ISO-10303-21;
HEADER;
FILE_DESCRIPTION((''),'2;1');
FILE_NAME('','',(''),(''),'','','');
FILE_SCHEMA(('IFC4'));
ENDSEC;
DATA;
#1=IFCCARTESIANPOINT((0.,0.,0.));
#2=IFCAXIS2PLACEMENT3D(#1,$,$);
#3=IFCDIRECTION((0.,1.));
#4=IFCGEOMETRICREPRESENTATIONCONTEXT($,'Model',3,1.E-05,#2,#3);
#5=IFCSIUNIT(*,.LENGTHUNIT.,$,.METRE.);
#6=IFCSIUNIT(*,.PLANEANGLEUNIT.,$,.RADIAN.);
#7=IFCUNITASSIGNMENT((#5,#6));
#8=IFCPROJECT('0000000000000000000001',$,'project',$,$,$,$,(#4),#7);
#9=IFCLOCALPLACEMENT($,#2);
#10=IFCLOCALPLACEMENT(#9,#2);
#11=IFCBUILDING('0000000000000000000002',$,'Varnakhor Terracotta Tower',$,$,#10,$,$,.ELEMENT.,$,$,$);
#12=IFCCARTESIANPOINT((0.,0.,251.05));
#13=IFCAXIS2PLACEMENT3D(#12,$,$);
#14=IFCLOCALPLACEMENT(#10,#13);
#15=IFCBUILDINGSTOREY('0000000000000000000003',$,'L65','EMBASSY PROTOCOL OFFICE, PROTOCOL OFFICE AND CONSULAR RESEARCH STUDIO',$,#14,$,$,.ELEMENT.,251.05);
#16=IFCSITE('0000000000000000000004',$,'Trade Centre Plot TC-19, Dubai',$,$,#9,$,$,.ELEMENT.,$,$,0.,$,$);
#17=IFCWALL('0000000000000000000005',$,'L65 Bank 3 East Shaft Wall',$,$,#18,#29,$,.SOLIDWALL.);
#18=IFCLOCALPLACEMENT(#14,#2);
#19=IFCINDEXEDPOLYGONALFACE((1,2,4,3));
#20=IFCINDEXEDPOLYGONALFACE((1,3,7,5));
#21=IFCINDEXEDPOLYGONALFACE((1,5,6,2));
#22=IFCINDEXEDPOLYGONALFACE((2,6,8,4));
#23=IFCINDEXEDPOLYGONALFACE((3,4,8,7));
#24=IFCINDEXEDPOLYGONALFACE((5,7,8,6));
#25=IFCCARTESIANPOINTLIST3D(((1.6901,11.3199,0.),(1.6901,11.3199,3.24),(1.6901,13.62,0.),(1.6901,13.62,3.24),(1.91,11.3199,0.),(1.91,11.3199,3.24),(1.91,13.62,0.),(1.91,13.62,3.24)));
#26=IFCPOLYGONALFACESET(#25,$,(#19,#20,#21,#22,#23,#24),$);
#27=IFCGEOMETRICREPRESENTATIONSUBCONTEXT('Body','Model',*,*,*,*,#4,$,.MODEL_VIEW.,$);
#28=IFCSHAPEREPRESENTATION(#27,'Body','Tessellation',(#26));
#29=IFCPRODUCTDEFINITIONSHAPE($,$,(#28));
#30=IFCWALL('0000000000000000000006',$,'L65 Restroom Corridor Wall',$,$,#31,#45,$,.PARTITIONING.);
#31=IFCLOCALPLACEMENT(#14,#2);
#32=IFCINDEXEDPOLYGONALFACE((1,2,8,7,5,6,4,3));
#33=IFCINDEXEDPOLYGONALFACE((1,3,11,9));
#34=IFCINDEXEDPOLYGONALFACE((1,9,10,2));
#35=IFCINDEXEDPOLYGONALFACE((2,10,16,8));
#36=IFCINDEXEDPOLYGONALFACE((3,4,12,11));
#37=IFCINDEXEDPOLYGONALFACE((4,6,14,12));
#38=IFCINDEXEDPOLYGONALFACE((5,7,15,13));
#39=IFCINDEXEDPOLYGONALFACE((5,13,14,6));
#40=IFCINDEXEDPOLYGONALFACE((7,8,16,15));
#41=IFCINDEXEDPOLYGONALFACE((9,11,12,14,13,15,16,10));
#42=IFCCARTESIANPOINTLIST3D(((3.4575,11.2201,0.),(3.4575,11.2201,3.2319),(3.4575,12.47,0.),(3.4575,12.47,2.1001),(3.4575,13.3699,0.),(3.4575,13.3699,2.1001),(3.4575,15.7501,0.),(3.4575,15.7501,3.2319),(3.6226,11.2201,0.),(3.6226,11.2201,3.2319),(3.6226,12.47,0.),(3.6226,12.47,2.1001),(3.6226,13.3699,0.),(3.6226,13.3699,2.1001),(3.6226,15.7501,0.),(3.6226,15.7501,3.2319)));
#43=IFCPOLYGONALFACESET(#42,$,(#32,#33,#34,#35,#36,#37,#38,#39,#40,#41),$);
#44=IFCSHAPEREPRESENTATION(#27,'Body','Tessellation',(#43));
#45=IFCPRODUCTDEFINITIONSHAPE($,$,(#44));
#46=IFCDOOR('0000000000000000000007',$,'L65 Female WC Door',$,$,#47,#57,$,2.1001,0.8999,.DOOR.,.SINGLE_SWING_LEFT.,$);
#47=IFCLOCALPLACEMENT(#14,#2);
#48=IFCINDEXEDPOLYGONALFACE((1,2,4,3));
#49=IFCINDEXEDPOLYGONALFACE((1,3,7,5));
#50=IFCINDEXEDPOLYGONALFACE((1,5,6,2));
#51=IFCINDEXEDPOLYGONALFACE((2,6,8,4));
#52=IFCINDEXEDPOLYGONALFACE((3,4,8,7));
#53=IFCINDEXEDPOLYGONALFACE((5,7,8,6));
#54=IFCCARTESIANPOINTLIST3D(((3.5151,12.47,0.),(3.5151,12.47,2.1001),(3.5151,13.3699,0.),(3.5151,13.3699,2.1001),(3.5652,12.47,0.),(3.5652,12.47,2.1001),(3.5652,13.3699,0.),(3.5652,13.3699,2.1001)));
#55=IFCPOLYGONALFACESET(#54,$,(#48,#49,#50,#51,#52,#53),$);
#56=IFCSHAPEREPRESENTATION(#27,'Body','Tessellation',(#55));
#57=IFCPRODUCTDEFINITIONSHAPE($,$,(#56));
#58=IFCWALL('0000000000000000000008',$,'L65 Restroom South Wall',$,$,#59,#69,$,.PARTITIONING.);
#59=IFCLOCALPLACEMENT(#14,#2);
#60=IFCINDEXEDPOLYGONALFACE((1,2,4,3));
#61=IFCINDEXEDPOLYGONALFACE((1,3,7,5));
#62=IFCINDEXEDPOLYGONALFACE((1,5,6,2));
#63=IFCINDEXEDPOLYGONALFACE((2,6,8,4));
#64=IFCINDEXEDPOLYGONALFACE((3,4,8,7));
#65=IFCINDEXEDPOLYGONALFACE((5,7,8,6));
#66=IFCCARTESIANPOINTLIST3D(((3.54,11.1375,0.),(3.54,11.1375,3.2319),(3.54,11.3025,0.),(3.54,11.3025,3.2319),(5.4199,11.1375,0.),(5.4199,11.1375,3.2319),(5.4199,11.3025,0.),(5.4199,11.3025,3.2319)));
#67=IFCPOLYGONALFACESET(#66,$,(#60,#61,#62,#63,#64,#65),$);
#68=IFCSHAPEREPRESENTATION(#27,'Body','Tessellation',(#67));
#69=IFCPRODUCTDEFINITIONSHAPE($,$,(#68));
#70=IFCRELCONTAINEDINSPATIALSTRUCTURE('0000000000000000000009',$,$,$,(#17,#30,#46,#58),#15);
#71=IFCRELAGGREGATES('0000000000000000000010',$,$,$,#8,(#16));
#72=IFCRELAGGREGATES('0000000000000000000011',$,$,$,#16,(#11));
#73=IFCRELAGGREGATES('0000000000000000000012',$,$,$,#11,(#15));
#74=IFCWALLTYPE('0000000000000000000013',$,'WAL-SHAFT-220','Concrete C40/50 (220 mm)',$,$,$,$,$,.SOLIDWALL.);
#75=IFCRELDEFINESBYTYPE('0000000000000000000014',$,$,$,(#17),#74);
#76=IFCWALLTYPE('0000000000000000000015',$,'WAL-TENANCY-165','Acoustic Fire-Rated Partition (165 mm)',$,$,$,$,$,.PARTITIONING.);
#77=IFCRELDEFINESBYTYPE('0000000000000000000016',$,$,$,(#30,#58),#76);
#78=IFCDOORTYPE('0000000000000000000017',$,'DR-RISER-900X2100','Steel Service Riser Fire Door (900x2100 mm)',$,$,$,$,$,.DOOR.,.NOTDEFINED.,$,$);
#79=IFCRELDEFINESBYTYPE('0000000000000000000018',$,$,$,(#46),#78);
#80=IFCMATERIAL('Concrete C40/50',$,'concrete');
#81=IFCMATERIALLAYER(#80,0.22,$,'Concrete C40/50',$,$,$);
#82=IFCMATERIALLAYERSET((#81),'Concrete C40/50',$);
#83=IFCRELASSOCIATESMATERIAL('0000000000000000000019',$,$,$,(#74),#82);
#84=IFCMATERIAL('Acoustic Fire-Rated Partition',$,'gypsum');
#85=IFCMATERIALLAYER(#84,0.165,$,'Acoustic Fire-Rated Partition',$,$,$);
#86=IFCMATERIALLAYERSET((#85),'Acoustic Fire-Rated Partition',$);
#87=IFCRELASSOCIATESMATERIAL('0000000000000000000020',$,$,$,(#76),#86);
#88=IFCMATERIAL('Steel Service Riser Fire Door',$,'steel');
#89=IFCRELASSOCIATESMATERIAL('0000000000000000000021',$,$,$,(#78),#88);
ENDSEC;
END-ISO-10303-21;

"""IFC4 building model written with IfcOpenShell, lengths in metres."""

from ifc_helpers import new_model, si_unit, direction, frame, frame_2d, origin, place, context, subcontext, project, spatial, rectangle, extrude, source, transform, mapped, material, layer, layer_set, type_object, type_shapes, element, fill, save


model = new_model("IFC4")

# Units and contexts
model_context = context("Model", 3, precision=1e-05, world=origin(), true_north=direction((0.0, 1.0)))
body_context = subcontext(model_context, "Body", "Model", "MODEL_VIEW")
ifc_project = project(units=[si_unit("LENGTHUNIT", "METRE"), si_unit("PLANEANGLEUNIT", "RADIAN")], contexts=[model_context])

# Site, building, storey
site_placement = place(None, origin())
site = spatial("IfcSite", under=ifc_project, at=site_placement, Name="Trade Centre Plot TC-19, Dubai", CompositionType="ELEMENT", RefElevation=0.0)
building_placement = place(site_placement, origin())
building = spatial("IfcBuilding", under=site, at=building_placement, Name="Varnakhor Terracotta Tower", CompositionType="ELEMENT")
storey_placement = place(building_placement, frame((0.0, 0.0, 251.05)))
storey = spatial("IfcBuildingStorey", under=building, at=storey_placement, Name="L65", Description="EMBASSY PROTOCOL OFFICE, PROTOCOL OFFICE AND CONSULAR RESEARCH STUDIO", CompositionType="ELEMENT", Elevation=251.05)

# Shared definitions
ifc_material_1 = material(Name="Concrete C40/50", Category="concrete")

# Wall
ifc_layer_1 = layer(ifc_material_1, 0.22, Name="Concrete C40/50")
ifc_layer_set_1 = layer_set([ifc_layer_1], Name="Concrete C40/50")
wall_type_1 = type_object("IfcWallType", Name="WAL-SHAFT-220", Description="Concrete C40/50 (220 mm)", PredefinedType="SOLIDWALL", material=ifc_layer_set_1)
wall_1_placement = place(storey_placement, frame((1.8, 11.3201, 0.0), z_axis=(0.0, 0.0, 1.0), x_axis=(0.0, 1.0, 0.0)))
element("IfcWall", 1, at=wall_1_placement, inside=storey, type_object=wall_type_1, Name="L65 Bank 3 East Shaft Wall", PredefinedType="SOLIDWALL", context=body_context, shape_type="SweptSolid", body=[
    extrude(rectangle(XDim=2.3, YDim=0.22, at=frame_2d((1.1499, 0.0))), origin(), (0.0, 0.0, 1.0), 3.24),
])

# Wall, opening, door
ifc_material_2 = material(Name="Acoustic Fire-Rated Partition", Category="gypsum")
ifc_layer_2 = layer(ifc_material_2, 0.165, Name="Acoustic Fire-Rated Partition")
ifc_layer_set_2 = layer_set([ifc_layer_2], Name="Acoustic Fire-Rated Partition")
wall_type_2 = type_object("IfcWallType", Name="WAL-TENANCY-165", Description="Acoustic Fire-Rated Partition (165 mm)", PredefinedType="PARTITIONING", material=ifc_layer_set_2)
wall_2_placement = place(storey_placement, frame((3.54, 11.22, 0.0), z_axis=(0.0, 0.0, 1.0), x_axis=(0.0, 1.0, 0.0)))
wall_2 = element("IfcWall", 2, at=wall_2_placement, inside=storey, type_object=wall_type_2, Name="L65 Restroom Corridor Wall", PredefinedType="PARTITIONING", context=body_context, shape_type="SweptSolid", body=[
    extrude(rectangle(XDim=4.53, YDim=0.165, at=frame_2d((2.2651, 0.0))), origin(), (0.0, 0.0, 1.0), 3.2319),
])
opening_1_placement = place(wall_2_placement, frame((1.25, 0.0, 0.0)))
opening_1 = element("IfcOpeningElement", 3, at=opening_1_placement, cuts=wall_2, PredefinedType="OPENING", context=body_context, shape_type="SweptSolid", body=[
    extrude(rectangle(XDim=0.8999, YDim=2.1001, at=frame_2d((0.45, 1.05))), frame((0.0, 0.0925, 0.0), z_axis=(0.0, -1.0, 0.0), x_axis=(1.0, 0.0, 0.0)), (0.0, 0.0, 1.0), 0.1851),
])
ifc_material_3 = material(Name="Steel Service Riser Fire Door", Category="steel")
door_type_1 = type_object("IfcDoorType", Name="DR-RISER-900X2100", Description="Steel Service Riser Fire Door (900x2100 mm)", OperationType="NOTDEFINED", PredefinedType="DOOR", material=ifc_material_3)
shared_shape_1 = source(origin(), body_context, "Body", "SweptSolid", [
    extrude(rectangle(XDim=0.8999, YDim=2.1001, at=frame_2d((0.45, 1.05))), frame((0.0, 0.0249, 0.0), z_axis=(0.0, -1.0, 0.0), x_axis=(1.0, 0.0, 0.0)), (0.0, 0.0, 1.0), 0.05),
])
type_shapes(door_type_1, [shared_shape_1])
door_1_placement = place(opening_1_placement, origin())
door_1 = element("IfcDoor", 4, at=door_1_placement, inside=storey, type_object=door_type_1, Name="L65 Female WC Door", OperationType="SINGLE_SWING_LEFT", OverallHeight=2.1001, OverallWidth=0.8999, PredefinedType="DOOR", context=body_context, shape_type="MappedRepresentation", body=[
    mapped(shared_shape_1, transform((0.0, 0.0, 0.0), scale=1.0)),
])
fill(opening_1, door_1)

# Wall
wall_3_placement = place(storey_placement, frame((3.54, 11.22, 0.0), z_axis=(0.0, 0.0, 1.0), x_axis=(1.0, 0.0, 0.0)))
element("IfcWall", 5, at=wall_3_placement, inside=storey, type_object=wall_type_2, Name="L65 Restroom South Wall", PredefinedType="PARTITIONING", context=body_context, shape_type="SweptSolid", body=[
    extrude(rectangle(XDim=1.8799, YDim=0.165, at=frame_2d((0.9399, 0.0))), origin(), (0.0, 0.0, 1.0), 3.2319),
])

save(model, "model.ifc")
